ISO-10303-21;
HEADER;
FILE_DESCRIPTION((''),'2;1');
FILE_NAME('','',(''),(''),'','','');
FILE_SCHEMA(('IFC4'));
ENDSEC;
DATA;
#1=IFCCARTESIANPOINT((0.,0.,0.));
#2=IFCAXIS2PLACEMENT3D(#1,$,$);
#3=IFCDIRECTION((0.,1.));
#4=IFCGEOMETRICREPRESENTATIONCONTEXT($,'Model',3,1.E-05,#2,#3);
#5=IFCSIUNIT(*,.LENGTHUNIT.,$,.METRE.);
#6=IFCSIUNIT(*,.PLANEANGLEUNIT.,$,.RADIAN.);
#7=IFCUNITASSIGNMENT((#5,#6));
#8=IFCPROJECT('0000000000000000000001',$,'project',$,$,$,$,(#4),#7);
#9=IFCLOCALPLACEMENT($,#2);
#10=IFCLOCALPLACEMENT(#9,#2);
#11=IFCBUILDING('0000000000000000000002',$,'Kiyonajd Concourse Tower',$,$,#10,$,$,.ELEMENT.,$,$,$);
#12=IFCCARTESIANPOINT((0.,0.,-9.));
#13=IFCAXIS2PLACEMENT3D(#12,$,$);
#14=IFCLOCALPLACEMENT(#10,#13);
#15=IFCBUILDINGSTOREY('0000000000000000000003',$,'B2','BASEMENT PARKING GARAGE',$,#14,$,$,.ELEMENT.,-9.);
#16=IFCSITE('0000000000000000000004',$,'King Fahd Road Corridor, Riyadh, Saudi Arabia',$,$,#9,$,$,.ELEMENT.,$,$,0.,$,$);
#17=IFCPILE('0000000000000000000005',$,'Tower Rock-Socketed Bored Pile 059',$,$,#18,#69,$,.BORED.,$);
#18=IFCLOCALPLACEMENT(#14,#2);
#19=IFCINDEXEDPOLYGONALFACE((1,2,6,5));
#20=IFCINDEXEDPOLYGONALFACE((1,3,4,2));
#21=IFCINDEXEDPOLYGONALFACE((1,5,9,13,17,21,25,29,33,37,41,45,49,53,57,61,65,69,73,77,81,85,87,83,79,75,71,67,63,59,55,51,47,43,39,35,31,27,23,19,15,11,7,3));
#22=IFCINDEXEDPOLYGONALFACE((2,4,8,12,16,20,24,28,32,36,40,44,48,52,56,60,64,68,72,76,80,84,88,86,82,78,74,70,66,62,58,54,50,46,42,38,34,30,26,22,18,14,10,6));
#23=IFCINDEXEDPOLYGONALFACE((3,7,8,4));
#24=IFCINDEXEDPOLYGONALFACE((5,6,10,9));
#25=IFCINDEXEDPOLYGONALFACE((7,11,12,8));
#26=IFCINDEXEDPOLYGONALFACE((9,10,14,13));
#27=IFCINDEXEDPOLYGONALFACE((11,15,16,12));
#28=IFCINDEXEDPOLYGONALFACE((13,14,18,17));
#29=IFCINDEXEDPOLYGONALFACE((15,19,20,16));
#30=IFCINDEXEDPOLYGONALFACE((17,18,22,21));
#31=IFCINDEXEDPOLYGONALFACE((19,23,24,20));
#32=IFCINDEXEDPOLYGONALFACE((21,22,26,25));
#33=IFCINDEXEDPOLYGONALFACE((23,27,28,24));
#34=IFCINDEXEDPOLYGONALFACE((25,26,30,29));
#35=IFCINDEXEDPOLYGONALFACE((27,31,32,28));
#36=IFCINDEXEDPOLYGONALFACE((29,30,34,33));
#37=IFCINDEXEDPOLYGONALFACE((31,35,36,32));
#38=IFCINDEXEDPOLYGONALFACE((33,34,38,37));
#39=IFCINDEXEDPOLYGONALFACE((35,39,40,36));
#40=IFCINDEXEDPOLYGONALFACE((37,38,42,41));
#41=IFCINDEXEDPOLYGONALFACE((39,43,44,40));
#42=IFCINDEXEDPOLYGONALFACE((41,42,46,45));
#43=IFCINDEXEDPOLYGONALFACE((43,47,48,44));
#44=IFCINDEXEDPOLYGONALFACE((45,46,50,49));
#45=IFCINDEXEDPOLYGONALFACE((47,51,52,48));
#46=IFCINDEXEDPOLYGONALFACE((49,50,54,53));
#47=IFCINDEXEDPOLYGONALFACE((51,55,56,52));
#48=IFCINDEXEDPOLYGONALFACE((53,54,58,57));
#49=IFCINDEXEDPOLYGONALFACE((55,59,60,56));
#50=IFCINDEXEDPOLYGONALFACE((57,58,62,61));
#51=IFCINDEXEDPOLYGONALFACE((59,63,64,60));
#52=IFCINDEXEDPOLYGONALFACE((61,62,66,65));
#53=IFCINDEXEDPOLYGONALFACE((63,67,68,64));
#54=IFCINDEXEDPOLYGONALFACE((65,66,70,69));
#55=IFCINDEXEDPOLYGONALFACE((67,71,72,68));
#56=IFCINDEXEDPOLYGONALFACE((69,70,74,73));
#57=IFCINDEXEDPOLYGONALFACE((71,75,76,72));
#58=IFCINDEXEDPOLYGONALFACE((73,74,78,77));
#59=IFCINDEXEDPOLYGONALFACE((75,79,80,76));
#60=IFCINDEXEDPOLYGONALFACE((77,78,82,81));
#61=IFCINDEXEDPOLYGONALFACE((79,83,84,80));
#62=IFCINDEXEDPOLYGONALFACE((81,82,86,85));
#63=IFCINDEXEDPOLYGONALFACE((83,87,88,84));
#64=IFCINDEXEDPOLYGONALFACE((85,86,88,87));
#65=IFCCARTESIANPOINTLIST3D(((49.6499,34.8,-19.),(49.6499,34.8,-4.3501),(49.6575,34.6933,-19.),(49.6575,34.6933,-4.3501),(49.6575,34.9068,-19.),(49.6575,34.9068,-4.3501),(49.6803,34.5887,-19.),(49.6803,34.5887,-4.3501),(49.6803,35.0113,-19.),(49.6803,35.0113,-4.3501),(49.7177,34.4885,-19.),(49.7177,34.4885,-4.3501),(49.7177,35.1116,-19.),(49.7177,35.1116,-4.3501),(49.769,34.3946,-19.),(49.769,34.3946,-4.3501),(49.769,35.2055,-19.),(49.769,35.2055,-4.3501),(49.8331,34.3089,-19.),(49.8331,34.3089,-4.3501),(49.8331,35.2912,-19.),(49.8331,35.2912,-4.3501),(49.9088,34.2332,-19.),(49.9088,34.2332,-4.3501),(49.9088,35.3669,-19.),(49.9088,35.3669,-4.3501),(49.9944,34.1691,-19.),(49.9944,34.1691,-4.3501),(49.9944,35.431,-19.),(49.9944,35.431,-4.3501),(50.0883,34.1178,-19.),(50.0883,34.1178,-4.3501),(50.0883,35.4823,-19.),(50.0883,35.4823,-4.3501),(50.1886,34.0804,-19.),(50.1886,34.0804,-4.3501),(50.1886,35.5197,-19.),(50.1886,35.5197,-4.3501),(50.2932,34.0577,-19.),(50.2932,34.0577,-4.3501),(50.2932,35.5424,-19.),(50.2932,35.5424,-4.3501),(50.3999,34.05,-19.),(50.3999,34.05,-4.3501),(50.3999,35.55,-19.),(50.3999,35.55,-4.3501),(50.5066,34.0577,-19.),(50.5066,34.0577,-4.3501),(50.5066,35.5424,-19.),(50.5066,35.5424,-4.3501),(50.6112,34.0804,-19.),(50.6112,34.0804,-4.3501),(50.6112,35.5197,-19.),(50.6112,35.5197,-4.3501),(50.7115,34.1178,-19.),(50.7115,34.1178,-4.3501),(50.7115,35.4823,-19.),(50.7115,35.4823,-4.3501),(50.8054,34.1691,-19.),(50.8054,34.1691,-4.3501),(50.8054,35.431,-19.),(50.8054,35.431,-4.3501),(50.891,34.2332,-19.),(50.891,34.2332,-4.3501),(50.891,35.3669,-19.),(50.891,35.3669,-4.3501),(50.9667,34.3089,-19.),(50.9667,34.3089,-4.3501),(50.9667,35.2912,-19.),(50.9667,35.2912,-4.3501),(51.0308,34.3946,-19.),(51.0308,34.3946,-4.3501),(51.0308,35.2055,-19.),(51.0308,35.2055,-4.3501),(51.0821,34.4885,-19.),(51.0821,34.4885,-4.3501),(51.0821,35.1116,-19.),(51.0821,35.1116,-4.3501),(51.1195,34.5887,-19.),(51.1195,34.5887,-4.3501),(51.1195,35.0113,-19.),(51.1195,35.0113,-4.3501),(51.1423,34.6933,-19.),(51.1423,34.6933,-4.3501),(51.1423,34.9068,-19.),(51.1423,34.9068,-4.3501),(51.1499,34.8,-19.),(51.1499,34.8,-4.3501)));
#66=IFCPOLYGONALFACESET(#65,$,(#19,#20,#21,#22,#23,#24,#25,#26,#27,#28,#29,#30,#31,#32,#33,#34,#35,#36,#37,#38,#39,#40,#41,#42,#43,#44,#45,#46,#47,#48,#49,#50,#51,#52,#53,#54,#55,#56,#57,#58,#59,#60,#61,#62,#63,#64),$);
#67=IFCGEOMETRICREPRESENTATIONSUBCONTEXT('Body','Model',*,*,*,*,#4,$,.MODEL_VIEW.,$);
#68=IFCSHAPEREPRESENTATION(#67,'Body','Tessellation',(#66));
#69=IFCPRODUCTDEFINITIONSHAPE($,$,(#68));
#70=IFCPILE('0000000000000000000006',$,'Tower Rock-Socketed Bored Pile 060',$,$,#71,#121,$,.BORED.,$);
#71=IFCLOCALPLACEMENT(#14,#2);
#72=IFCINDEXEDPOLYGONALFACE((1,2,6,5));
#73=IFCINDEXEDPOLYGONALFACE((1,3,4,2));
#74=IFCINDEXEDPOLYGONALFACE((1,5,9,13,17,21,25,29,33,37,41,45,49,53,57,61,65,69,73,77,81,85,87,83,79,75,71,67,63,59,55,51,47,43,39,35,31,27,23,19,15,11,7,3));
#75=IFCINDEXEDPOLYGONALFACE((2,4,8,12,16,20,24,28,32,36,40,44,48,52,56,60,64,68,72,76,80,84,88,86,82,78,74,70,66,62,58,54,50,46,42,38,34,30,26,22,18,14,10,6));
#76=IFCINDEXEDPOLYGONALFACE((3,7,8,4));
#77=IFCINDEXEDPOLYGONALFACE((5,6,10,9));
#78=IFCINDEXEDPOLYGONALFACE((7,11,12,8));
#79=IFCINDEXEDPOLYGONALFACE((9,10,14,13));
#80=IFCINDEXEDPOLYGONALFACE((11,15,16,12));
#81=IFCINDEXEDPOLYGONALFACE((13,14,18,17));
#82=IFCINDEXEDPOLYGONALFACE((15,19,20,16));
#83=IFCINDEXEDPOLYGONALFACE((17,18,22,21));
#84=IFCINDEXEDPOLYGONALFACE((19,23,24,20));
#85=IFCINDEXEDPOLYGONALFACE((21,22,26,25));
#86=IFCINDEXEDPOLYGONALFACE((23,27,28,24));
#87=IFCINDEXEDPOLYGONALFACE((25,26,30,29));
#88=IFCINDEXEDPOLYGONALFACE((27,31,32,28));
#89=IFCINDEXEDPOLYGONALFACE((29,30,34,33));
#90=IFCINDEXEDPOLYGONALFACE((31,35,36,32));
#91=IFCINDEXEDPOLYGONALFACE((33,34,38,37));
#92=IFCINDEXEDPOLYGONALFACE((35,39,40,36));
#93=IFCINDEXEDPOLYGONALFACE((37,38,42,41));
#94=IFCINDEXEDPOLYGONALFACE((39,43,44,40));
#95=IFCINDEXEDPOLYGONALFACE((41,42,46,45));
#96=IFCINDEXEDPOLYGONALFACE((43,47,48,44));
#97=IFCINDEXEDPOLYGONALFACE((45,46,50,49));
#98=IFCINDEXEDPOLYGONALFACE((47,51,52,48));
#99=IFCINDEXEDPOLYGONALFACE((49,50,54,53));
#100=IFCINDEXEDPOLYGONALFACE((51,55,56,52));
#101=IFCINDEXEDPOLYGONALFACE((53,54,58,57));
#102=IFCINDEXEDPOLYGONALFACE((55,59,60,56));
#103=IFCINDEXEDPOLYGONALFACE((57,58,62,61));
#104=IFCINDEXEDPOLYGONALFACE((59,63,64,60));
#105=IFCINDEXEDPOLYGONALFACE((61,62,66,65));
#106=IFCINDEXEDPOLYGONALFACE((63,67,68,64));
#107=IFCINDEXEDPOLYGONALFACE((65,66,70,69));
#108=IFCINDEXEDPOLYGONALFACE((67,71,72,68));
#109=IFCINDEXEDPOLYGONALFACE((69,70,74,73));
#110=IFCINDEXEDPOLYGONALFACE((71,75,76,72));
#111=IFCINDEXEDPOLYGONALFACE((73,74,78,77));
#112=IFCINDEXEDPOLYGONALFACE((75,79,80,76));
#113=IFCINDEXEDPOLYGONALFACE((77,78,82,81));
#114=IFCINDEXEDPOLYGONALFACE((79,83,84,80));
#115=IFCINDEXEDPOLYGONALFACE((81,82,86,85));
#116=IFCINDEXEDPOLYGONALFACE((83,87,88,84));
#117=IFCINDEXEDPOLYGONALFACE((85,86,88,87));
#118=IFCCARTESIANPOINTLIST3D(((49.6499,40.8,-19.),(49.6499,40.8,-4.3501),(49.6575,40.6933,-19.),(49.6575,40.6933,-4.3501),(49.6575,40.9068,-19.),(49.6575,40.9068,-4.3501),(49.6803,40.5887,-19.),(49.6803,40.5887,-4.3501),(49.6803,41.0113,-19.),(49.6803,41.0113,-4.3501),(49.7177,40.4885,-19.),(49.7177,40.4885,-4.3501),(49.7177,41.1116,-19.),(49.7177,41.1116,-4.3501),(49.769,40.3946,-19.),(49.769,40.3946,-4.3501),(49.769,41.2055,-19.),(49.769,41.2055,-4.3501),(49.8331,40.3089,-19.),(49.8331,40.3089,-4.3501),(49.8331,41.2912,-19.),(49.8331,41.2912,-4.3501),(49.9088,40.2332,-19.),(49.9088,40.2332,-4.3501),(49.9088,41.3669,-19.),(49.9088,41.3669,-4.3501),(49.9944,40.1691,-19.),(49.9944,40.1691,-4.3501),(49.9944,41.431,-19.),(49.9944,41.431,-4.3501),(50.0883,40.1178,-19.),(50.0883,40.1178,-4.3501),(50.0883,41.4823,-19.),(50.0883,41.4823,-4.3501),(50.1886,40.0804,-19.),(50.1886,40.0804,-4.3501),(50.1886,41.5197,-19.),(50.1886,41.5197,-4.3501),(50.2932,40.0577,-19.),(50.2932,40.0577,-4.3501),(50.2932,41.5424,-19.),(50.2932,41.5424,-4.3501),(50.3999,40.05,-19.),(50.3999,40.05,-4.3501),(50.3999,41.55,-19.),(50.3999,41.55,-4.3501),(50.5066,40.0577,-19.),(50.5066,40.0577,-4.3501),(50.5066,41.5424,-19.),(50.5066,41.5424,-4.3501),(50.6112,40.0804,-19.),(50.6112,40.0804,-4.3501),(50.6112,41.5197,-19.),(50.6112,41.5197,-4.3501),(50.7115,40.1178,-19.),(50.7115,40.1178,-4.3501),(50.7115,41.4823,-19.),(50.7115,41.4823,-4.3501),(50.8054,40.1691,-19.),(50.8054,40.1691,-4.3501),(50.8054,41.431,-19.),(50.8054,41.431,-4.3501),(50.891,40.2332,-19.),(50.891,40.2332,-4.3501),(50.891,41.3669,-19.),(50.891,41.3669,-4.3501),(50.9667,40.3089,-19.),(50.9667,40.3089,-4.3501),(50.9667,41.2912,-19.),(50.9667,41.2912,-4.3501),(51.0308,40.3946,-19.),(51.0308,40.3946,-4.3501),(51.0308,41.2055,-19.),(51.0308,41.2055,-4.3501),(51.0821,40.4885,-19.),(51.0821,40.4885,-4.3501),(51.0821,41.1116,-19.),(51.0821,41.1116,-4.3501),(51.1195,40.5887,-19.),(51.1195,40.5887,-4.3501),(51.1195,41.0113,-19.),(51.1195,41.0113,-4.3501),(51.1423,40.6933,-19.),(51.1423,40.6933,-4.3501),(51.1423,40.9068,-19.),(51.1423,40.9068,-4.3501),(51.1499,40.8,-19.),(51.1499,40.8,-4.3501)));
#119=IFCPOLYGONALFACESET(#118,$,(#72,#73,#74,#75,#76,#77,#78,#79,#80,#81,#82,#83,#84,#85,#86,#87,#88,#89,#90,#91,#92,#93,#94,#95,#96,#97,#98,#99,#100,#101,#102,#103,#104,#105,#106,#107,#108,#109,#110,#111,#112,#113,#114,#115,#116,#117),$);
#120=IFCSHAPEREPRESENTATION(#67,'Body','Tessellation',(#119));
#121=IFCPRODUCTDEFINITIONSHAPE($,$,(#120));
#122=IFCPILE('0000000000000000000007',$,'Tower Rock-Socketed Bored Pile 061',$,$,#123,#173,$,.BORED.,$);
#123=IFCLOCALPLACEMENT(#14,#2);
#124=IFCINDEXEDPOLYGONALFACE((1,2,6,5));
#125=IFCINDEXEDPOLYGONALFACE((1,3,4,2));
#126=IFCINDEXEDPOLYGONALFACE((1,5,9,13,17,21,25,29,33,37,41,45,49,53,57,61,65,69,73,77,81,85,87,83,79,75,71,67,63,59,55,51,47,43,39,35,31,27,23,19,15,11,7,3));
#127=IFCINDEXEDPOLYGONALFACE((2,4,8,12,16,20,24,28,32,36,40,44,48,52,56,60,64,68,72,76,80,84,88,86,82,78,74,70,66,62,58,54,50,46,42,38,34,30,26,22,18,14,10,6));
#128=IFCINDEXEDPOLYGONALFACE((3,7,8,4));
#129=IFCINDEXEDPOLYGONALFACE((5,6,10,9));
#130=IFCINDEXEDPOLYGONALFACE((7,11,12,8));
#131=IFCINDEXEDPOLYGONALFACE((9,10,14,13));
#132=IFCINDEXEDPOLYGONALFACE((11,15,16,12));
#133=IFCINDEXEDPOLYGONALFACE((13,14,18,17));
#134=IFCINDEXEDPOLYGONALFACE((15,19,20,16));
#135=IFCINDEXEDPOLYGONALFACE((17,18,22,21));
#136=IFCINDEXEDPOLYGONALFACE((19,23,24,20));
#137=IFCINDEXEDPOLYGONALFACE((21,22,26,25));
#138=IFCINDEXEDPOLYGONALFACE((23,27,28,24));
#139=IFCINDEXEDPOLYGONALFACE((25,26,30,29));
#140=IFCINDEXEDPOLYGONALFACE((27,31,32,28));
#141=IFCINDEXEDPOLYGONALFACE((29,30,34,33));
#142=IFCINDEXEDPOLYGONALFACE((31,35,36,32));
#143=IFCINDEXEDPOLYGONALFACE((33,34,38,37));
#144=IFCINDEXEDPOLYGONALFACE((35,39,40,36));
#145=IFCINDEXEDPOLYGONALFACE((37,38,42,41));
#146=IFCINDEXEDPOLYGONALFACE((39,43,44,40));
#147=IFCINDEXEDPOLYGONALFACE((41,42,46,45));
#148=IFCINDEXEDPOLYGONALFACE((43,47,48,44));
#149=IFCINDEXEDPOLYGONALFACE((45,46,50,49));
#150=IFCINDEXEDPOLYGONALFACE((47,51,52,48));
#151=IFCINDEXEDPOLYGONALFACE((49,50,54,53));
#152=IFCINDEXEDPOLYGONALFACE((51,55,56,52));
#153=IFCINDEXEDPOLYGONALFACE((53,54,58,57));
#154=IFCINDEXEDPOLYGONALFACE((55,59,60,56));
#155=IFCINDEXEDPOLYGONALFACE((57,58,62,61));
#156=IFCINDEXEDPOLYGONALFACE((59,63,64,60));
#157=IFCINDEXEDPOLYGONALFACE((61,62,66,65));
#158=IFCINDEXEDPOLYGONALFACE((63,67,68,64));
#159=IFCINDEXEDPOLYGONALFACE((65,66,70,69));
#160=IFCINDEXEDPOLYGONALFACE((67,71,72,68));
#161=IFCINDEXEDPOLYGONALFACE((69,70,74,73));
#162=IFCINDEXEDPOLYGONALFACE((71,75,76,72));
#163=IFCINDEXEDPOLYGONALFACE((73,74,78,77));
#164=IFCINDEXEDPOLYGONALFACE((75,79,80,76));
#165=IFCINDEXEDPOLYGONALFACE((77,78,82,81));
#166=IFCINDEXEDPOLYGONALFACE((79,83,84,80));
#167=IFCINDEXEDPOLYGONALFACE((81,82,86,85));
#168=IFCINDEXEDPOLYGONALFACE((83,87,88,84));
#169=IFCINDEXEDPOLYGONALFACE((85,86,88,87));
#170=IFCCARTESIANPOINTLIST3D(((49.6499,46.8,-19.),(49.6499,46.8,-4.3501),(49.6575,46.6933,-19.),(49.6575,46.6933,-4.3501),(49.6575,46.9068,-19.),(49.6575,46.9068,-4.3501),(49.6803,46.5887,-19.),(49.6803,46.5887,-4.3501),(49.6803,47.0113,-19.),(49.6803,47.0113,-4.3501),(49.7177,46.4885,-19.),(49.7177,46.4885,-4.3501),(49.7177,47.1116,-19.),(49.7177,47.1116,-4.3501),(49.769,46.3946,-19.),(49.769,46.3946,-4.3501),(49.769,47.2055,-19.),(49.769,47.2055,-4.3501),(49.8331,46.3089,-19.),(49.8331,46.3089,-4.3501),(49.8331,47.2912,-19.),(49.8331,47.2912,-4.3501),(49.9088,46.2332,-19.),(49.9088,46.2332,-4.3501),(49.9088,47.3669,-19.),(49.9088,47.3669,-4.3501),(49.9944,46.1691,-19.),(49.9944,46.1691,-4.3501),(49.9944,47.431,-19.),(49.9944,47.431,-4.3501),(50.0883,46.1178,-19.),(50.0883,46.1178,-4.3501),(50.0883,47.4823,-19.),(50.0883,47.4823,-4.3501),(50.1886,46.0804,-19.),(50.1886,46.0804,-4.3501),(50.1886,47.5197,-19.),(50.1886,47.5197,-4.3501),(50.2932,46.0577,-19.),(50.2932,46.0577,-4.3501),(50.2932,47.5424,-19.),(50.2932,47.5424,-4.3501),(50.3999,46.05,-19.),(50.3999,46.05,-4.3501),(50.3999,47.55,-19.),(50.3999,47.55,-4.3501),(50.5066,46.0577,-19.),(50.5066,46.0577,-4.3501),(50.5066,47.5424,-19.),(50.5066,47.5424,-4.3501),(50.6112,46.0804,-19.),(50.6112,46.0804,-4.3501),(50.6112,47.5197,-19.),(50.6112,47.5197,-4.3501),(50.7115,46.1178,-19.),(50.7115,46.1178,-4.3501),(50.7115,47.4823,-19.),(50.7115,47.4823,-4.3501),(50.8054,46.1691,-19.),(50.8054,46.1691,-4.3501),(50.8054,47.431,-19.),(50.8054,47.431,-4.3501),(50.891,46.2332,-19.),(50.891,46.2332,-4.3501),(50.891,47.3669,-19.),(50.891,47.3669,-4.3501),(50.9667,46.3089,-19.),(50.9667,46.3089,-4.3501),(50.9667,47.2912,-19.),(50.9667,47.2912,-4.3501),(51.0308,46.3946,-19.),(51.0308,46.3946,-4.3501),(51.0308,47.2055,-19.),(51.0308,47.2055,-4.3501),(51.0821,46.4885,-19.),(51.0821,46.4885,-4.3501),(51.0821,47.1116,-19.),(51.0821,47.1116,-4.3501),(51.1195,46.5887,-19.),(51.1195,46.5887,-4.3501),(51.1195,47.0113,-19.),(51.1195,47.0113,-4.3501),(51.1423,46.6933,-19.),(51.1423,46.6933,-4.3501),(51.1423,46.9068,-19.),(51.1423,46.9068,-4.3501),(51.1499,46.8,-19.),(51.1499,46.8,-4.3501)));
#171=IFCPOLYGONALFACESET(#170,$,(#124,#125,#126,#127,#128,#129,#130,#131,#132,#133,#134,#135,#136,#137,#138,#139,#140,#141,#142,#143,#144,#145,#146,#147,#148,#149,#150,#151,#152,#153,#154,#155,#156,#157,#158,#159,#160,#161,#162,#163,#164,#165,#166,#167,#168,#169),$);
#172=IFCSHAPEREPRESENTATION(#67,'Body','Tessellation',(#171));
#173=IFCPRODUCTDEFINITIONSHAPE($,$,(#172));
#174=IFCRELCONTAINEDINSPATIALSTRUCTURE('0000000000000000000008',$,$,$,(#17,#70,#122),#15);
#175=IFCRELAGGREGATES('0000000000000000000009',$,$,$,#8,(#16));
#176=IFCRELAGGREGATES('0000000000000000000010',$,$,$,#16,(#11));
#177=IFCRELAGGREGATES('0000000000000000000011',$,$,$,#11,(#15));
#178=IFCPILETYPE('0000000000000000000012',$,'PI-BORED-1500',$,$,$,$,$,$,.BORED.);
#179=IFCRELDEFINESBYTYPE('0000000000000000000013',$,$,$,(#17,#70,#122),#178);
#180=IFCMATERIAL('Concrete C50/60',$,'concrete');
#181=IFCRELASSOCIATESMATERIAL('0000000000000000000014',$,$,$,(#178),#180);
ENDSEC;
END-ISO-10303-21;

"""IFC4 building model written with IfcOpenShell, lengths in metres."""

from ifc_helpers import new_model, si_unit, direction, frame, origin, origin_2d, place, context, subcontext, project, spatial, circle, extrude, material, material_profile, profile_set, type_object, element, save


model = new_model("IFC4")

# Units and contexts
model_context = context("Model", 3, precision=1e-05, world=origin(), true_north=direction((0.0, 1.0)))
body_context = subcontext(model_context, "Body", "Model", "MODEL_VIEW")
ifc_project = project(units=[si_unit("LENGTHUNIT", "METRE"), si_unit("PLANEANGLEUNIT", "RADIAN")], contexts=[model_context])

# Site, building, storey
site_placement = place(None, origin())
site = spatial("IfcSite", under=ifc_project, at=site_placement, Name="King Fahd Road Corridor, Riyadh, Saudi Arabia", CompositionType="ELEMENT", RefElevation=0.0)
building_placement = place(site_placement, origin())
building = spatial("IfcBuilding", under=site, at=building_placement, Name="Kiyonajd Concourse Tower", CompositionType="ELEMENT")
storey_placement = place(building_placement, frame((0.0, 0.0, -9.0)))
storey = spatial("IfcBuildingStorey", under=building, at=storey_placement, Name="B2", Description="BASEMENT PARKING GARAGE", CompositionType="ELEMENT", Elevation=-9.0)

# Piles
ifc_material_1 = material(Name="Concrete C50/60", Category="concrete")
ifc_material_profile_1 = material_profile(ifc_material_1, circle(Radius=0.75, at=origin_2d()), Name="PILE-D1500")
ifc_profile_set_1 = profile_set([ifc_material_profile_1], Name="Concrete C50/60")
pile_type = type_object("IfcPileType", Name="PI-BORED-1500", PredefinedType="BORED", material=ifc_profile_set_1)
for number, where, z_axis, x_axis, name in (
    (1, (50.3999, 34.8, -4.3501), (0.0, 0.0, -1.0), (1.0, 0.0, 0.0), "Tower Rock-Socketed Bored Pile 059"),
    (2, (50.3999, 40.8, -4.3501), (0.0, 0.0, -1.0), (1.0, 0.0, 0.0), "Tower Rock-Socketed Bored Pile 060"),
    (3, (50.3999, 46.8, -4.3501), (0.0, 0.0, -1.0), (1.0, 0.0, 0.0), "Tower Rock-Socketed Bored Pile 061"),
):
    element("IfcPile", number, at=place(storey_placement, frame(where, z_axis=z_axis, x_axis=x_axis)), inside=storey, type_object=pile_type, Name=name, PredefinedType="BORED", context=body_context, shape_type="SweptSolid", body=[
        extrude(circle(Radius=0.75, at=origin_2d()), origin(), (0.0, 0.0, 1.0), 14.6499),
    ])

save(model, "model.ifc")
